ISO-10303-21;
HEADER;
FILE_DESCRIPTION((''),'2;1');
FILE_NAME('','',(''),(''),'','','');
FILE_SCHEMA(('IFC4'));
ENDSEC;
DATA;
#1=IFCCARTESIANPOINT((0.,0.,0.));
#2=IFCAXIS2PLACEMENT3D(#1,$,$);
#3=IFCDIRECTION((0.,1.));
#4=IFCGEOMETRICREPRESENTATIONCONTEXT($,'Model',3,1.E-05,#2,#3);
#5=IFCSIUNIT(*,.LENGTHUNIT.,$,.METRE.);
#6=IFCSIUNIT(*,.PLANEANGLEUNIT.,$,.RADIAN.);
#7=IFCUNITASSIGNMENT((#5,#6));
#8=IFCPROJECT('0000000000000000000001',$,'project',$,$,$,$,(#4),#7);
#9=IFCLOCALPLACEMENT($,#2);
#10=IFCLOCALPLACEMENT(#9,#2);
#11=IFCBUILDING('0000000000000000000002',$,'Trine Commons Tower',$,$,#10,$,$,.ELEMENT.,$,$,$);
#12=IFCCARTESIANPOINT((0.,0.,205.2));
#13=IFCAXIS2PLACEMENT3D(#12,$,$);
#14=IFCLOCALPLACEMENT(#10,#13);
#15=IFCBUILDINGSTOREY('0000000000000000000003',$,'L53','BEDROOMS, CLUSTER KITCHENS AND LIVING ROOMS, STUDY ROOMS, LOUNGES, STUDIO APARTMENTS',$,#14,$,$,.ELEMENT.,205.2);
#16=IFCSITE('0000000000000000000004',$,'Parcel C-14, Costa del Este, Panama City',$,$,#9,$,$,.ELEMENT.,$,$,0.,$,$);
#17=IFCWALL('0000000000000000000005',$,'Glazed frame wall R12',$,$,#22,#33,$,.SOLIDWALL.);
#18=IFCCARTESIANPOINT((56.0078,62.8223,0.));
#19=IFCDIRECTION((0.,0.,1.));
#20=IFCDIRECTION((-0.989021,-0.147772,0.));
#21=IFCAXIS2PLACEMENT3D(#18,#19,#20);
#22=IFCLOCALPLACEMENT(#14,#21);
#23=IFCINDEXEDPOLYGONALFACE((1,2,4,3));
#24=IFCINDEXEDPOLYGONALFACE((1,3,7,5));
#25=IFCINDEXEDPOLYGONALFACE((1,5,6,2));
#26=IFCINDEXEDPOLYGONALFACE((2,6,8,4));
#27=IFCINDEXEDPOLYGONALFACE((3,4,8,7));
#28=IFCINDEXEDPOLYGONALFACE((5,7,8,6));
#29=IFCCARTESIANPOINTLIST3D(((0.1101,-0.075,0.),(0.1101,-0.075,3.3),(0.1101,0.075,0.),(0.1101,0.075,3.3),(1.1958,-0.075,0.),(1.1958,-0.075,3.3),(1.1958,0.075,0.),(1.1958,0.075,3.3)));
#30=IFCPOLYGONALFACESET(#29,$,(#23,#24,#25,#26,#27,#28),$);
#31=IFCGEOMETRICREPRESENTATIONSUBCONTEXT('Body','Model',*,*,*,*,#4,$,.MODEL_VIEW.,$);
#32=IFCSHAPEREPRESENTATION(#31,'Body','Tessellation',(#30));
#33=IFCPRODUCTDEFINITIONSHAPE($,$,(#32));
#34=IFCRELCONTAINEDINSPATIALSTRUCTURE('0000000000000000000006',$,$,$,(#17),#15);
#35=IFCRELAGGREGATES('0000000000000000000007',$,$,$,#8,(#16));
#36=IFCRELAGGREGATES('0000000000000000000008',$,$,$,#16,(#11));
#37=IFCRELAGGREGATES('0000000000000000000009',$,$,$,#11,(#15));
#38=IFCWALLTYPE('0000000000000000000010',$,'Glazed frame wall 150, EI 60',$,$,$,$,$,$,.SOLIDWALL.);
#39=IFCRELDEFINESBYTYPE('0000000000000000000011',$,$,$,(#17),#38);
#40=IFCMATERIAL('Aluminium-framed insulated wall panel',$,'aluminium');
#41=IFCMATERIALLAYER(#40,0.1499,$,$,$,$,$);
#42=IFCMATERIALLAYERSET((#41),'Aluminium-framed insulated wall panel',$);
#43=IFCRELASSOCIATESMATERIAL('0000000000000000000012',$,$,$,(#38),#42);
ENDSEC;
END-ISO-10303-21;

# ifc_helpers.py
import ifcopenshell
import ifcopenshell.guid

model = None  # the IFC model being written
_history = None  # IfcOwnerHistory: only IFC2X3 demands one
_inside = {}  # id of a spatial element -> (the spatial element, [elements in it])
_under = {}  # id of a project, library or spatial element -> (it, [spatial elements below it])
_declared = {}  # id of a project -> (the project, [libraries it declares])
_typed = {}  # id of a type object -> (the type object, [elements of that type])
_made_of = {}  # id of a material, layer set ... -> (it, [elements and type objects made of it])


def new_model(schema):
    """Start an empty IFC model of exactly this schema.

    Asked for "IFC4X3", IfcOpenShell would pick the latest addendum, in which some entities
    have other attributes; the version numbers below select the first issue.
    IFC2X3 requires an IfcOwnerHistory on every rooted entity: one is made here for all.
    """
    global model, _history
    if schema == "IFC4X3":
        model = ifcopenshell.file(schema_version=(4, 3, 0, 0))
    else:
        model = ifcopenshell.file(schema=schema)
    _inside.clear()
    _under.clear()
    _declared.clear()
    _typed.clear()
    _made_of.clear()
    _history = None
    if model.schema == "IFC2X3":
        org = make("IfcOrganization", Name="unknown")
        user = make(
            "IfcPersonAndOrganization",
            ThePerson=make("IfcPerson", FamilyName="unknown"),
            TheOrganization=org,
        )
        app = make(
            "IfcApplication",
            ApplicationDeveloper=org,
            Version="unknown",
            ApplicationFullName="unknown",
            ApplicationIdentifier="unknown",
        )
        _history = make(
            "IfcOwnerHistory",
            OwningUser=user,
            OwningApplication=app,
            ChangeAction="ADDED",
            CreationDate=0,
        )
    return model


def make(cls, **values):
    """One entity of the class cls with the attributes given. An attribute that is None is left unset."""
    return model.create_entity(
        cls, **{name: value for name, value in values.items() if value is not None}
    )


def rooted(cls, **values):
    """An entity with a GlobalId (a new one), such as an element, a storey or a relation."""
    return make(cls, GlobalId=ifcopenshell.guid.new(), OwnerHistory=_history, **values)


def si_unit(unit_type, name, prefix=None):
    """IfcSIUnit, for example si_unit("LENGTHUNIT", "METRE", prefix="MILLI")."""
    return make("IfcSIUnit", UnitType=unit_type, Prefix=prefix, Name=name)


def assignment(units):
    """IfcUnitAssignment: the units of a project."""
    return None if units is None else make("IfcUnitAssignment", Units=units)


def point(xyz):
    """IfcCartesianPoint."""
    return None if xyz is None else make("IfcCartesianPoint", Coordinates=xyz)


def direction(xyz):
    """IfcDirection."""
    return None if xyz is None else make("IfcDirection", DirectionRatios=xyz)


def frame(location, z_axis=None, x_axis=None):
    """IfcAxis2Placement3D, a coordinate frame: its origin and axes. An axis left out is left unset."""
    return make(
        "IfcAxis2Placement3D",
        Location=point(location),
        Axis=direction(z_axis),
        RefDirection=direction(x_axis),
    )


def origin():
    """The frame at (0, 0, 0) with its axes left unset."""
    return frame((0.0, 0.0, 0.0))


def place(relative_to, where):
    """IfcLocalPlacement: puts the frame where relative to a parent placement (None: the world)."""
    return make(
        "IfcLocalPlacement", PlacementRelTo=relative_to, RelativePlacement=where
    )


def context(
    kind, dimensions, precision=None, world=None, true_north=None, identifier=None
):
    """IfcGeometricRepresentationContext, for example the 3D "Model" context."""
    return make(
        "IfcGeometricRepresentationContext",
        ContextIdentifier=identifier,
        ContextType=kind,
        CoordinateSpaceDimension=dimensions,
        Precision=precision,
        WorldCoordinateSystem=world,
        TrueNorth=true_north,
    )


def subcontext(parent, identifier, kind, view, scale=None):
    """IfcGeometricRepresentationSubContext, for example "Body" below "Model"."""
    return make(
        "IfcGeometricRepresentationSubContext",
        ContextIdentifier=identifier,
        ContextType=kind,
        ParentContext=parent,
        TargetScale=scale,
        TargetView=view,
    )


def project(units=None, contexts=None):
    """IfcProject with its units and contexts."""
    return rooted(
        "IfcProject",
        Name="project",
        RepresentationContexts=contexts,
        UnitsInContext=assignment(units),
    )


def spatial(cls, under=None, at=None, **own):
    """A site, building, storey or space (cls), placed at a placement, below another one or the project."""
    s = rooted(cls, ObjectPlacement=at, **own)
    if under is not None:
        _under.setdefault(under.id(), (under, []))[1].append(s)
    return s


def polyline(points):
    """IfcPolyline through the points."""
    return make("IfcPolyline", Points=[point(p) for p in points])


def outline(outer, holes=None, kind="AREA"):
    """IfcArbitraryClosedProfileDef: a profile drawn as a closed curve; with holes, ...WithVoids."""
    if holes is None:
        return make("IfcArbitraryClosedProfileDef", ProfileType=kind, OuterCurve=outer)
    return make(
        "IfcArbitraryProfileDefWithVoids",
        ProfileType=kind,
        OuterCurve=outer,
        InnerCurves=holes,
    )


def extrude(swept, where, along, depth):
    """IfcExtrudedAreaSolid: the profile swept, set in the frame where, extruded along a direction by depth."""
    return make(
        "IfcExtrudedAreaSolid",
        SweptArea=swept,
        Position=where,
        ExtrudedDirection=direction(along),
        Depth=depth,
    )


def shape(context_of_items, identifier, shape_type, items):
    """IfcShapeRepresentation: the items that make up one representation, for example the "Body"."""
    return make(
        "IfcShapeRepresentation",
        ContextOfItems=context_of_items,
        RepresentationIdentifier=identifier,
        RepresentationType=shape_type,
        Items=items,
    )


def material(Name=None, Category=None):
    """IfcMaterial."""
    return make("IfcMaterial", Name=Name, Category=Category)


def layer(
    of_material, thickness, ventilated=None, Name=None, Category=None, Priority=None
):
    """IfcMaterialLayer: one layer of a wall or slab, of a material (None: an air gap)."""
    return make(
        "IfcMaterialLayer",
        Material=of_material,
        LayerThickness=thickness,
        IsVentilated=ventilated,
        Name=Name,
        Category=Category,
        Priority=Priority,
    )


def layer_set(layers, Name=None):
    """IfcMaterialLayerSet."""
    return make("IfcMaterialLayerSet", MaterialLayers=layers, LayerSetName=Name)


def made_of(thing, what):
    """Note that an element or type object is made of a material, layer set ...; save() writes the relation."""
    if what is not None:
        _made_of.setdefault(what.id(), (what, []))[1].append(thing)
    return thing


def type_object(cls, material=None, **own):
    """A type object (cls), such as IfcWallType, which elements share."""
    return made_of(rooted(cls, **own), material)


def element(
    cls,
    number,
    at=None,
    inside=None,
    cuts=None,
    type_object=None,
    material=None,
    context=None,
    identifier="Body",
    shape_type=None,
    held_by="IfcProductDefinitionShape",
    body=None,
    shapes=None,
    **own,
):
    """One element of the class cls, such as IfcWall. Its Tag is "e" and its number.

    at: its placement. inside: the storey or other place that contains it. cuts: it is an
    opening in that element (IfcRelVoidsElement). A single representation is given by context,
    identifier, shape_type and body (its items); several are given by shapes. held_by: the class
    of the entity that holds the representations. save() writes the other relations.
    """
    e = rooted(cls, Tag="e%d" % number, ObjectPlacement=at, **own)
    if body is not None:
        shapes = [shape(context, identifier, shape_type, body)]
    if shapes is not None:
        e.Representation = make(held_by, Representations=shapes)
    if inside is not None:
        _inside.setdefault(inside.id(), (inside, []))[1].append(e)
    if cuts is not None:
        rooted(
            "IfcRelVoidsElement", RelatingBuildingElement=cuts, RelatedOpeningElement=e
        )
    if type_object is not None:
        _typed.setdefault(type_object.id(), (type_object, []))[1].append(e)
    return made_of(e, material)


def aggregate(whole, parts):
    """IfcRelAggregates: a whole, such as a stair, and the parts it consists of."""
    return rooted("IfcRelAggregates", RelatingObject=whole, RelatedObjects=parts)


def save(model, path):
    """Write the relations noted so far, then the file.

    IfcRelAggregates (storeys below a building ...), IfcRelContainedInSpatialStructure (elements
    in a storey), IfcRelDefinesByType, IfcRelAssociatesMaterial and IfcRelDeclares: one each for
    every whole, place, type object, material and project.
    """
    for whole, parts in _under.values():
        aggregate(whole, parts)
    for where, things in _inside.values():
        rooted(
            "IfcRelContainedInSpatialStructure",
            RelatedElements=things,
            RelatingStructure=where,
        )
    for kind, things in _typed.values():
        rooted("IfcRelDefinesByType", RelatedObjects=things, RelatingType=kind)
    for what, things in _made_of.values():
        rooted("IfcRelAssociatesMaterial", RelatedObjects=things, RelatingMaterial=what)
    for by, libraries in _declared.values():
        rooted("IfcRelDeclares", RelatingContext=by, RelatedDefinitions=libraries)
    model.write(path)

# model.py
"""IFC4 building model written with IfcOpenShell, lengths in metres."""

from ifc_helpers import new_model, si_unit, direction, frame, origin, place, context, subcontext, project, spatial, polyline, outline, extrude, material, layer, layer_set, type_object, element, save


model = new_model("IFC4")

# Units and contexts
model_context = context("Model", 3, precision=1e-05, world=origin(), true_north=direction((0.0, 1.0)))
body_context = subcontext(model_context, "Body", "Model", "MODEL_VIEW")
ifc_project = project(units=[si_unit("LENGTHUNIT", "METRE"), si_unit("PLANEANGLEUNIT", "RADIAN")], contexts=[model_context])

# Site, building, storey
site_placement = place(None, origin())
site = spatial("IfcSite", under=ifc_project, at=site_placement, Name="Parcel C-14, Costa del Este, Panama City", CompositionType="ELEMENT", RefElevation=0.0)
building_placement = place(site_placement, origin())
building = spatial("IfcBuilding", under=site, at=building_placement, Name="Trine Commons Tower", CompositionType="ELEMENT")
storey_placement = place(building_placement, frame((0.0, 0.0, 205.2)))
storey = spatial("IfcBuildingStorey", under=building, at=storey_placement, Name="L53", Description="BEDROOMS, CLUSTER KITCHENS AND LIVING ROOMS, STUDY ROOMS, LOUNGES, STUDIO APARTMENTS", CompositionType="ELEMENT", Elevation=205.2)

# Shared definitions
ifc_material_1 = material(Name="Aluminium-framed insulated wall panel", Category="aluminium")
ifc_layer_1 = layer(ifc_material_1, 0.1499)
ifc_layer_set_1 = layer_set([ifc_layer_1], Name="Aluminium-framed insulated wall panel")
wall_type_1 = type_object("IfcWallType", Name="Glazed frame wall 150, EI 60", PredefinedType="SOLIDWALL", material=ifc_layer_set_1)

# Wall
wall_1_placement = place(storey_placement, frame((56.0078, 62.8223, 0.0), z_axis=(0.0, 0.0, 1.0), x_axis=(-0.989021, -0.147772, 0.0)))
element("IfcWall", 1, at=wall_1_placement, inside=storey, type_object=wall_type_1, Name="Glazed frame wall R12", PredefinedType="SOLIDWALL", context=body_context, shape_type="SweptSolid", body=[
    extrude(outline(polyline([(0.1101, 0.075), (0.1101, -0.075), (1.1958, -0.075), (1.1958, 0.075), (0.1101, 0.075)])), origin(), (0.0, 0.0, 1.0), 3.3),
])

save(model, "model.ifc")
